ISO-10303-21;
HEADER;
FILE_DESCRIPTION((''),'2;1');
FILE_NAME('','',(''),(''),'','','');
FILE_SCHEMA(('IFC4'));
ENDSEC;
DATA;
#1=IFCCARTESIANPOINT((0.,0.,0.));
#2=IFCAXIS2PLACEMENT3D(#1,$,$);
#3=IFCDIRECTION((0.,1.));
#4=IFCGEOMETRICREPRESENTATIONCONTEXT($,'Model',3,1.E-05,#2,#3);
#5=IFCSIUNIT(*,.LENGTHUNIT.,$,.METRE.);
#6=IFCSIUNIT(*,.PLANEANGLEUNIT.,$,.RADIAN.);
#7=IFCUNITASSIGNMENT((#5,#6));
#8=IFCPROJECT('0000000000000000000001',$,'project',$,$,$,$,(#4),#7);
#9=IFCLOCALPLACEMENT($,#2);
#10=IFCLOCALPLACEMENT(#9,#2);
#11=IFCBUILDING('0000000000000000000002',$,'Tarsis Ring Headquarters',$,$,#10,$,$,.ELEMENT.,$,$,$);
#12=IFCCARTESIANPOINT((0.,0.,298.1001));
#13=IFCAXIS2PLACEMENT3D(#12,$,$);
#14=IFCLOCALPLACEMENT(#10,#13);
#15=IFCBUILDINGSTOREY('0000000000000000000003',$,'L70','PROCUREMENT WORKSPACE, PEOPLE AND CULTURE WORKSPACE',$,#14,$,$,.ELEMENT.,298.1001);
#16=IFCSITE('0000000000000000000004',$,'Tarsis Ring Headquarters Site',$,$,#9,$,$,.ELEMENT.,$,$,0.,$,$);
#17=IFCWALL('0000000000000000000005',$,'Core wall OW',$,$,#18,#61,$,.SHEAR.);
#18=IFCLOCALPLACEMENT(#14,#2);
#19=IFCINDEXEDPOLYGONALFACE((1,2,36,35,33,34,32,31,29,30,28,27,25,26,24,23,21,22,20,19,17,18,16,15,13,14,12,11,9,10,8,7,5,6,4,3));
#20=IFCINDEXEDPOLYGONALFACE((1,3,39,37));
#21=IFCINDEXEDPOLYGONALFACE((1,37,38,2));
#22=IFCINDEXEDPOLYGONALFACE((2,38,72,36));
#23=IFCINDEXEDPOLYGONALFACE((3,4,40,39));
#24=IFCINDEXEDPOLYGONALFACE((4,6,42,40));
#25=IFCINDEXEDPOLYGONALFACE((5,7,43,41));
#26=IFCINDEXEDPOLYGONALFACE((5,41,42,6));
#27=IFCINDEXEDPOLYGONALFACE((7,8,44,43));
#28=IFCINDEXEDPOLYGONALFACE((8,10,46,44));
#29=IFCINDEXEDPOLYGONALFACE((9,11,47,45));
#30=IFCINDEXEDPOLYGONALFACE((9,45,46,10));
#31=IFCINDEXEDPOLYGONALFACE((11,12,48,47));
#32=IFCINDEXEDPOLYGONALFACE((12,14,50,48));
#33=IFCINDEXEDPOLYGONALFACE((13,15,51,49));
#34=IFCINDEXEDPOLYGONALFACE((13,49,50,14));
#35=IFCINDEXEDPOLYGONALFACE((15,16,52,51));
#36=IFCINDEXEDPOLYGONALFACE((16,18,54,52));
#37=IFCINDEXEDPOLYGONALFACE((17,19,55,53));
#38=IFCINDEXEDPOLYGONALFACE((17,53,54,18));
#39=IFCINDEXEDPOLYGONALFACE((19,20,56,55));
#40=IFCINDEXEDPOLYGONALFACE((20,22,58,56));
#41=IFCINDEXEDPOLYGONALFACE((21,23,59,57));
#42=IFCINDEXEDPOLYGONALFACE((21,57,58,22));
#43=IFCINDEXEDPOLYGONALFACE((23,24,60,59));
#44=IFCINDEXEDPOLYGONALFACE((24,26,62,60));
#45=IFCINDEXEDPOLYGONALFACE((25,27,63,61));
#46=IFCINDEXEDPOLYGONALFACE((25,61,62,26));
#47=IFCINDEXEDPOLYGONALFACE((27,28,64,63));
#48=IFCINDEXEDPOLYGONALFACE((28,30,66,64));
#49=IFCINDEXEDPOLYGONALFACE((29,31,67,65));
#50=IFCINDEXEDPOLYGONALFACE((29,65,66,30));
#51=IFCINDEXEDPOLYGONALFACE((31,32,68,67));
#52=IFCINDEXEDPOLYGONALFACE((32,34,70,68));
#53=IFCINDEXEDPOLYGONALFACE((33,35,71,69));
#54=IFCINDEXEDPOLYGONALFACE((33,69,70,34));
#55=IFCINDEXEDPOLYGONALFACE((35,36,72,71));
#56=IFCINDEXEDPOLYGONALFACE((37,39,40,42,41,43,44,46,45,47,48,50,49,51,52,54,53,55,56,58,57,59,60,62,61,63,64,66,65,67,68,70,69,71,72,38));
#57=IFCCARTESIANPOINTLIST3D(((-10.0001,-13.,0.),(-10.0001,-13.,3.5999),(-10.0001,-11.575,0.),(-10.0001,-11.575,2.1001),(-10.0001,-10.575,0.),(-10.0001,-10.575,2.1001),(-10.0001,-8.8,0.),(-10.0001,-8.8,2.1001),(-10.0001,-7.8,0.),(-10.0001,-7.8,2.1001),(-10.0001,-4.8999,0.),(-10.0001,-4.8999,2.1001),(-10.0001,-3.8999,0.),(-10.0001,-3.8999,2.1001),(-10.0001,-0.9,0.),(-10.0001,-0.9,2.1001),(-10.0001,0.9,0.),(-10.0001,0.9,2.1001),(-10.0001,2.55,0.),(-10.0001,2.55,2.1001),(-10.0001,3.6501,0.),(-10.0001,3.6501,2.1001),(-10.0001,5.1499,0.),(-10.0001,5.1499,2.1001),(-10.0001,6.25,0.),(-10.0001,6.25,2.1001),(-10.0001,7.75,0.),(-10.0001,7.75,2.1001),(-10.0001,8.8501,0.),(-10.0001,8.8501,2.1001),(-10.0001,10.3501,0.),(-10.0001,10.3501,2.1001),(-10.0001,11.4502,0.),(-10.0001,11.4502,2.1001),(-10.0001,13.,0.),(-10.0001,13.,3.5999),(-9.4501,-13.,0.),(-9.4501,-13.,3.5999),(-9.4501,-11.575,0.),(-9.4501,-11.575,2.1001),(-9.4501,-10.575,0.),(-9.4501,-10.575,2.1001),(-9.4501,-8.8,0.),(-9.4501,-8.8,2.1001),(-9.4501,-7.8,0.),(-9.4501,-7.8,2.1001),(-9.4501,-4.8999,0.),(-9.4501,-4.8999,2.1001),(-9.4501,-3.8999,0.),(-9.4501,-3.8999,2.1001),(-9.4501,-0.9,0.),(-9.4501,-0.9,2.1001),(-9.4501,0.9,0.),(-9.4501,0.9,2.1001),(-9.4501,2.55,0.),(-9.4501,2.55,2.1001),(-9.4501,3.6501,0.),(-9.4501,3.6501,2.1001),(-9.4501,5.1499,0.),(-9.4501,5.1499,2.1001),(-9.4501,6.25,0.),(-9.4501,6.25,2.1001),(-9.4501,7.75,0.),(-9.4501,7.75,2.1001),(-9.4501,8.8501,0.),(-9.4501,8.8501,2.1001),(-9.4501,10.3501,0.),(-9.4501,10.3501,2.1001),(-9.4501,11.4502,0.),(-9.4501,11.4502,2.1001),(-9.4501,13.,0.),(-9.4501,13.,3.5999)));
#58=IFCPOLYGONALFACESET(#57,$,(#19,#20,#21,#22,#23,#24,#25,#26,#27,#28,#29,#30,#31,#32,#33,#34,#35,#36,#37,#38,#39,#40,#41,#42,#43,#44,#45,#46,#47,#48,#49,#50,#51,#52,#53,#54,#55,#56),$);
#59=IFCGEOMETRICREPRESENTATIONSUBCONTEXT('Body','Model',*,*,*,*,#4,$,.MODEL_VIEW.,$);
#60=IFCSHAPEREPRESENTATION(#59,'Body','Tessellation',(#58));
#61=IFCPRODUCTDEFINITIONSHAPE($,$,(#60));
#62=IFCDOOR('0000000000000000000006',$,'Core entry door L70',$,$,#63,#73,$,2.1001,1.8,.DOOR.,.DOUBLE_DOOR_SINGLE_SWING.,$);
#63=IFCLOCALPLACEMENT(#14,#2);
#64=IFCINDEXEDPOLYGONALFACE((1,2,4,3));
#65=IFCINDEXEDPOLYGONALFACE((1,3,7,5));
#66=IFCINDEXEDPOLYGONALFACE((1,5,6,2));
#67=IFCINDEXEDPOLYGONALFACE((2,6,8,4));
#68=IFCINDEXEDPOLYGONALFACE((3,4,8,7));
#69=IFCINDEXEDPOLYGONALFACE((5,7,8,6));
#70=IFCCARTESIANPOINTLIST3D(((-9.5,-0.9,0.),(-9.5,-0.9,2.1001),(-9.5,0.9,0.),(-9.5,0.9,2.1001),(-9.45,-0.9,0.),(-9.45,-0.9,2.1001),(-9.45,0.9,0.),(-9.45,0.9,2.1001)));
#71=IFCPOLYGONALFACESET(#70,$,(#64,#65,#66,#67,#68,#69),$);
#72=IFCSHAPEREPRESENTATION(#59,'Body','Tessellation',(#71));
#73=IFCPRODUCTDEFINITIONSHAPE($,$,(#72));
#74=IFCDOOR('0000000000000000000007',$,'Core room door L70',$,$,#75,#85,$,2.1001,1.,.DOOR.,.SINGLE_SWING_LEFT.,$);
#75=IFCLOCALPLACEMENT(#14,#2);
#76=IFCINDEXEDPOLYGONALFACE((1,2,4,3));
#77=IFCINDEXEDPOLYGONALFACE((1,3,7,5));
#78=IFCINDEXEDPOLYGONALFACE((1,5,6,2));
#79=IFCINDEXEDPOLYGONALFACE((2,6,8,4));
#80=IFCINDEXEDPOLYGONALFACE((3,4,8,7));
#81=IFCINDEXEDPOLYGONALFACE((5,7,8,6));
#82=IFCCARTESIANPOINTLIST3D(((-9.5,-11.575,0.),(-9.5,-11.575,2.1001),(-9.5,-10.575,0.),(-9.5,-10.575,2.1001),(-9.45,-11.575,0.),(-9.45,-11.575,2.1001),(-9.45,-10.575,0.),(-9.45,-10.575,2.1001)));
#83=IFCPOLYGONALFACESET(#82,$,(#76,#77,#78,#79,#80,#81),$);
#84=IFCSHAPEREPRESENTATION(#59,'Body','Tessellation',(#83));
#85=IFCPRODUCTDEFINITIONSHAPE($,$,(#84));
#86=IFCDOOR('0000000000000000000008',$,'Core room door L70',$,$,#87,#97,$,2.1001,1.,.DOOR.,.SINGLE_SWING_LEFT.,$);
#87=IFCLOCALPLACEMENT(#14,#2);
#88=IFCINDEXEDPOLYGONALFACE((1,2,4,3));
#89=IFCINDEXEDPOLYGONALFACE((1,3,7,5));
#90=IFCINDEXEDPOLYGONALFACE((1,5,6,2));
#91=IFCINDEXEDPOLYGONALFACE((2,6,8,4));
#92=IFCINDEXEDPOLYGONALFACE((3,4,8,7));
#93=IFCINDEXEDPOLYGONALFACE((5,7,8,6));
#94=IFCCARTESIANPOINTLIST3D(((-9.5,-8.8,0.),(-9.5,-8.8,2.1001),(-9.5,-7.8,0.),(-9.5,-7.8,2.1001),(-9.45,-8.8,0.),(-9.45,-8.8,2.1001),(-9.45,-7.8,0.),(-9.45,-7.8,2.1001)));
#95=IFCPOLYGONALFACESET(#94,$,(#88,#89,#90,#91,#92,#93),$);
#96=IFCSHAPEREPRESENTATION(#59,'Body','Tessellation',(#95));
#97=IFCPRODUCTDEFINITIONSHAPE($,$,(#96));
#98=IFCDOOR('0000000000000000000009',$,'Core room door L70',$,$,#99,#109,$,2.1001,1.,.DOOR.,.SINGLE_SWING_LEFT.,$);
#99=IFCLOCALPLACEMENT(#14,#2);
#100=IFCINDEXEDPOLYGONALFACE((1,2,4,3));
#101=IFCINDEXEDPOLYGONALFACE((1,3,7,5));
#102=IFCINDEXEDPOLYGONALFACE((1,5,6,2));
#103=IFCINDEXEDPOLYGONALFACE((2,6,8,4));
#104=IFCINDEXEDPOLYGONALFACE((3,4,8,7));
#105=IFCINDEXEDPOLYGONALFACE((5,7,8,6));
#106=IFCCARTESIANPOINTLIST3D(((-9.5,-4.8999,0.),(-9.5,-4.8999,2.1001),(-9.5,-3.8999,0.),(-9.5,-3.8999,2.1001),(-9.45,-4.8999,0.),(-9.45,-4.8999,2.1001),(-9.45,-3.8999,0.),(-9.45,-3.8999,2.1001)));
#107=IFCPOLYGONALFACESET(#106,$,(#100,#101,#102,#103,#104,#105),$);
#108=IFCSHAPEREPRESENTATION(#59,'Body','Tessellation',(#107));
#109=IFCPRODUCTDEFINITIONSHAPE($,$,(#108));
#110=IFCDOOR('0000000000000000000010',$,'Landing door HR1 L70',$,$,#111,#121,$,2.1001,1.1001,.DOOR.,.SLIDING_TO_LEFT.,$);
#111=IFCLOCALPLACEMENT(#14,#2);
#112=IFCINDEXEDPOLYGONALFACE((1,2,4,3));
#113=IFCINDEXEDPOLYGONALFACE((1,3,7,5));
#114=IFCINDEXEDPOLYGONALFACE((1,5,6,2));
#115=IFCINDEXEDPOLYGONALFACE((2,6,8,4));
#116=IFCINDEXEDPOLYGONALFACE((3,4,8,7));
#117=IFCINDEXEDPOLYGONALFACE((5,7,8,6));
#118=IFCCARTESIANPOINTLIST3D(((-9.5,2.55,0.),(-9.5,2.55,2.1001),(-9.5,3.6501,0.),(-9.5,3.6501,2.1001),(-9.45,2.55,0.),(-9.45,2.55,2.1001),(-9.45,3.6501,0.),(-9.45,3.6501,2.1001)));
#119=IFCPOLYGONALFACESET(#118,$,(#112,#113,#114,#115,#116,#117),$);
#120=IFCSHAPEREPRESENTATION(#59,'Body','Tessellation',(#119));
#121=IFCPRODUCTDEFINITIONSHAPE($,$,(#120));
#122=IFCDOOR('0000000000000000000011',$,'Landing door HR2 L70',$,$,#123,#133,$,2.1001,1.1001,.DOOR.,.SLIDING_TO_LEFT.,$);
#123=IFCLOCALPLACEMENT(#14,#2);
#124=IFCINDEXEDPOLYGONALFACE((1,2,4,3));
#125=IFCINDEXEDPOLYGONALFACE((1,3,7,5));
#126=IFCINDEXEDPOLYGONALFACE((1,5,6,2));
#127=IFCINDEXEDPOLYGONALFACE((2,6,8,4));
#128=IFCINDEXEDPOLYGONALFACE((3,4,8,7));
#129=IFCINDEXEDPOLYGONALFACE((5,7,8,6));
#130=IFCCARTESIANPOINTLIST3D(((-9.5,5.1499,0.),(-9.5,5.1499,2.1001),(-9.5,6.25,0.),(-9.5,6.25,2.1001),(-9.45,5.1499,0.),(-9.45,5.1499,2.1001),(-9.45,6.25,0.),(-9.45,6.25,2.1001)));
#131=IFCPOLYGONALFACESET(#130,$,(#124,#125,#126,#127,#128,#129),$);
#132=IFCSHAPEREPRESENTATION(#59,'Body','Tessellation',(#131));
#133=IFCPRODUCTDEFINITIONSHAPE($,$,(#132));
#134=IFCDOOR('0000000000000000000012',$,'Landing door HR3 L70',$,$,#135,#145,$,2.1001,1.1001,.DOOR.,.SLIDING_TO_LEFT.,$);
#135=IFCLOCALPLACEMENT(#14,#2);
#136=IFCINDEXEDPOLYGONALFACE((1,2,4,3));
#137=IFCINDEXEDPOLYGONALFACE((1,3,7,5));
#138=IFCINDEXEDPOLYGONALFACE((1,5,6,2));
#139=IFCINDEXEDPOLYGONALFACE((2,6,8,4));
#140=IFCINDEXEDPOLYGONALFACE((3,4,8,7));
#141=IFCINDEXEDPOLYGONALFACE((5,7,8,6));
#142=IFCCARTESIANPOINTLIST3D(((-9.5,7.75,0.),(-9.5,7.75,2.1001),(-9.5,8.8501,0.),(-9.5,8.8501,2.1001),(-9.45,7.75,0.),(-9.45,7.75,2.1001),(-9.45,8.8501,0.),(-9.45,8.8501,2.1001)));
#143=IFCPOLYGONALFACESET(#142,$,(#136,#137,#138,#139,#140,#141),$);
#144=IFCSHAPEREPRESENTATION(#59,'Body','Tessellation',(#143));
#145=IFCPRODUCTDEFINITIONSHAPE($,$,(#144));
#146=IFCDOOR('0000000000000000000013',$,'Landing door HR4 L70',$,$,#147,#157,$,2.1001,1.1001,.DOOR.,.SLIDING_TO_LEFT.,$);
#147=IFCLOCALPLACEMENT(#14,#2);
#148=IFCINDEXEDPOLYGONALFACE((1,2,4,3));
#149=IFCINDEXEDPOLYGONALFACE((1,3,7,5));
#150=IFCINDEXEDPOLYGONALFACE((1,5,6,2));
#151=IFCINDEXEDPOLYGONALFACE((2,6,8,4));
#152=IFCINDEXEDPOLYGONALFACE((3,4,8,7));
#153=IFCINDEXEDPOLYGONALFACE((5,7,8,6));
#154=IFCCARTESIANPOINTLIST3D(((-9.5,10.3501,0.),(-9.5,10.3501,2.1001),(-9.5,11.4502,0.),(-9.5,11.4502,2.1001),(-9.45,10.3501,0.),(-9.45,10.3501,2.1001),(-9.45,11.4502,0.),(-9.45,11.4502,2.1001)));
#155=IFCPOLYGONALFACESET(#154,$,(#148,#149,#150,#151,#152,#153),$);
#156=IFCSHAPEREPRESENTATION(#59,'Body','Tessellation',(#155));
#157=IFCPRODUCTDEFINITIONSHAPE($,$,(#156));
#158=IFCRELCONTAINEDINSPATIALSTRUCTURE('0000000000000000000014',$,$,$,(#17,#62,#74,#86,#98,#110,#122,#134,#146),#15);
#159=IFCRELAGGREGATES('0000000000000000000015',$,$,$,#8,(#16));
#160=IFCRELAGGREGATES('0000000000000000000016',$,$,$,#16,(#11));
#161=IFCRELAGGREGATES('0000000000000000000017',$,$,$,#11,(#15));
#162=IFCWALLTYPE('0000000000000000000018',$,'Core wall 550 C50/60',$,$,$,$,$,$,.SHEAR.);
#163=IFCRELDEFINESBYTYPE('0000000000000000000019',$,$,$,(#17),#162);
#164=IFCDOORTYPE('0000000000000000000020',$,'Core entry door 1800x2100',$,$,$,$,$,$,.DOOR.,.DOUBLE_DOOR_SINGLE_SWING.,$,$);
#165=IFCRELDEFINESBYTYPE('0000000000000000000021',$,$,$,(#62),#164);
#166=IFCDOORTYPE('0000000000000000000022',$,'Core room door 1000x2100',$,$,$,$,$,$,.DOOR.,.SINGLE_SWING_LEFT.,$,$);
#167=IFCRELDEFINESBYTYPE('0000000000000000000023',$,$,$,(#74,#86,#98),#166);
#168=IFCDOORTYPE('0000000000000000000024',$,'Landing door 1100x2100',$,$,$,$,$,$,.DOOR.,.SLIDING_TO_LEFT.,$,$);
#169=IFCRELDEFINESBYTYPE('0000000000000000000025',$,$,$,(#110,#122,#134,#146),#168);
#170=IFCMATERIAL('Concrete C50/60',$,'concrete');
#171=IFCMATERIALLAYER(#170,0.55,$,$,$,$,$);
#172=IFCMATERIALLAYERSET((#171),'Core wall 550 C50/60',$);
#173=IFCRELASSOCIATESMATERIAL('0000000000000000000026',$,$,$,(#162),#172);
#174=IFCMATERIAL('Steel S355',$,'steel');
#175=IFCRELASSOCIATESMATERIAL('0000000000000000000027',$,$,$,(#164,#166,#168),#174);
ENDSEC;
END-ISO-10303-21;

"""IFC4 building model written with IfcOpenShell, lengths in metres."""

from ifc_helpers import new_model, si_unit, direction, frame, frame_2d, origin, place, context, subcontext, project, spatial, rectangle, extrude, material, layer, layer_set, type_object, element, fill, save


model = new_model("IFC4")

# Units and contexts
model_context = context("Model", 3, precision=1e-05, world=origin(), true_north=direction((0.0, 1.0)))
body_context = subcontext(model_context, "Body", "Model", "MODEL_VIEW")
ifc_project = project(units=[si_unit("LENGTHUNIT", "METRE"), si_unit("PLANEANGLEUNIT", "RADIAN")], contexts=[model_context])

# Site, building, storey
site_placement = place(None, origin())
site = spatial("IfcSite", under=ifc_project, at=site_placement, Name="Tarsis Ring Headquarters Site", CompositionType="ELEMENT", RefElevation=0.0)
building_placement = place(site_placement, origin())
building = spatial("IfcBuilding", under=site, at=building_placement, Name="Tarsis Ring Headquarters", CompositionType="ELEMENT")
storey_placement = place(building_placement, frame((0.0, 0.0, 298.1001)))
storey = spatial("IfcBuildingStorey", under=building, at=storey_placement, Name="L70", Description="PROCUREMENT WORKSPACE, PEOPLE AND CULTURE WORKSPACE", CompositionType="ELEMENT", Elevation=298.1001)

# Wall, openings, doors
ifc_material_1 = material(Name="Concrete C50/60", Category="concrete")
ifc_layer_1 = layer(ifc_material_1, 0.55)
ifc_layer_set_1 = layer_set([ifc_layer_1], Name="Core wall 550 C50/60")
wall_type_1 = type_object("IfcWallType", Name="Core wall 550 C50/60", PredefinedType="SHEAR", material=ifc_layer_set_1)
wall_1_placement = place(storey_placement, frame((-9.7251, -13.0, 0.0), z_axis=(0.0, 0.0, 1.0), x_axis=(0.0, 1.0, 0.0)))
wall_1 = element("IfcWall", 1, at=wall_1_placement, inside=storey, type_object=wall_type_1, Name="Core wall OW", PredefinedType="SHEAR", context=body_context, shape_type="SweptSolid", body=[
    extrude(rectangle(XDim=26.0, YDim=0.55, at=frame_2d((13.0, 0.0))), origin(), (0.0, 0.0, 1.0), 3.5999),
])
opening_1_placement = place(wall_1_placement, frame((1.425, 0.0, 0.0)))
opening_1 = element("IfcOpeningElement", 2, at=opening_1_placement, cuts=wall_1, PredefinedType="OPENING", context=body_context, shape_type="SweptSolid", body=[
    extrude(rectangle(XDim=1.0, YDim=2.1001, at=frame_2d((0.5, 1.05))), frame((0.0, 0.2849, 0.0), z_axis=(0.0, -1.0, 0.0), x_axis=(1.0, 0.0, 0.0)), (0.0, 0.0, 1.0), 0.5701),
])
opening_2_placement = place(wall_1_placement, frame((4.2, 0.0, 0.0)))
opening_2 = element("IfcOpeningElement", 3, at=opening_2_placement, cuts=wall_1, PredefinedType="OPENING", context=body_context, shape_type="SweptSolid", body=[
    extrude(rectangle(XDim=1.0, YDim=2.1001, at=frame_2d((0.5, 1.05))), frame((0.0, 0.2849, 0.0), z_axis=(0.0, -1.0, 0.0), x_axis=(1.0, 0.0, 0.0)), (0.0, 0.0, 1.0), 0.5701),
])
opening_3_placement = place(wall_1_placement, frame((8.1001, 0.0, 0.0)))
opening_3 = element("IfcOpeningElement", 4, at=opening_3_placement, cuts=wall_1, PredefinedType="OPENING", context=body_context, shape_type="SweptSolid", body=[
    extrude(rectangle(XDim=1.0, YDim=2.1001, at=frame_2d((0.5, 1.05))), frame((0.0, 0.2849, 0.0), z_axis=(0.0, -1.0, 0.0), x_axis=(1.0, 0.0, 0.0)), (0.0, 0.0, 1.0), 0.5701),
])
opening_4_placement = place(wall_1_placement, frame((12.1001, 0.0, 0.0)))
opening_4 = element("IfcOpeningElement", 5, at=opening_4_placement, cuts=wall_1, PredefinedType="OPENING", context=body_context, shape_type="SweptSolid", body=[
    extrude(rectangle(XDim=1.8, YDim=2.1001, at=frame_2d((0.8999, 1.05))), frame((0.0, 0.2849, 0.0), z_axis=(0.0, -1.0, 0.0), x_axis=(1.0, 0.0, 0.0)), (0.0, 0.0, 1.0), 0.5701),
])
opening_5_placement = place(wall_1_placement, frame((15.55, 0.0, 0.0)))
opening_5 = element("IfcOpeningElement", 6, at=opening_5_placement, cuts=wall_1, PredefinedType="OPENING", context=body_context, shape_type="SweptSolid", body=[
    extrude(rectangle(XDim=1.1001, YDim=2.1001, at=frame_2d((0.55, 1.05))), frame((0.0, 0.2849, 0.0), z_axis=(0.0, -1.0, 0.0), x_axis=(1.0, 0.0, 0.0)), (0.0, 0.0, 1.0), 0.5701),
])
opening_6_placement = place(wall_1_placement, frame((18.1499, 0.0, 0.0)))
opening_6 = element("IfcOpeningElement", 7, at=opening_6_placement, cuts=wall_1, PredefinedType="OPENING", context=body_context, shape_type="SweptSolid", body=[
    extrude(rectangle(XDim=1.1001, YDim=2.1001, at=frame_2d((0.55, 1.05))), frame((0.0, 0.2849, 0.0), z_axis=(0.0, -1.0, 0.0), x_axis=(1.0, 0.0, 0.0)), (0.0, 0.0, 1.0), 0.5701),
])
opening_7_placement = place(wall_1_placement, frame((20.75, 0.0, 0.0)))
opening_7 = element("IfcOpeningElement", 8, at=opening_7_placement, cuts=wall_1, PredefinedType="OPENING", context=body_context, shape_type="SweptSolid", body=[
    extrude(rectangle(XDim=1.1001, YDim=2.1001, at=frame_2d((0.55, 1.05))), frame((0.0, 0.2849, 0.0), z_axis=(0.0, -1.0, 0.0), x_axis=(1.0, 0.0, 0.0)), (0.0, 0.0, 1.0), 0.5701),
])
opening_8_placement = place(wall_1_placement, frame((23.3501, 0.0, 0.0)))
opening_8 = element("IfcOpeningElement", 9, at=opening_8_placement, cuts=wall_1, PredefinedType="OPENING", context=body_context, shape_type="SweptSolid", body=[
    extrude(rectangle(XDim=1.1001, YDim=2.1001, at=frame_2d((0.55, 1.05))), frame((0.0, 0.2849, 0.0), z_axis=(0.0, -1.0, 0.0), x_axis=(1.0, 0.0, 0.0)), (0.0, 0.0, 1.0), 0.5701),
])
ifc_material_2 = material(Name="Steel S355", Category="steel")
door_type_1 = type_object("IfcDoorType", Name="Core entry door 1800x2100", OperationType="DOUBLE_DOOR_SINGLE_SWING", PredefinedType="DOOR", material=ifc_material_2)
door_1_placement = place(opening_4_placement, origin())
door_1 = element("IfcDoor", 10, at=door_1_placement, inside=storey, type_object=door_type_1, Name="Core entry door L70", OperationType="DOUBLE_DOOR_SINGLE_SWING", OverallHeight=2.1001, OverallWidth=1.8, PredefinedType="DOOR", context=body_context, shape_type="SweptSolid", body=[
    extrude(rectangle(XDim=1.8, YDim=2.1001, at=frame_2d((0.8999, 1.05))), frame((0.0, -0.2251, 0.0), z_axis=(0.0, -1.0, 0.0), x_axis=(1.0, 0.0, 0.0)), (0.0, 0.0, 1.0), 0.05),
])
fill(opening_4, door_1)
door_type_2 = type_object("IfcDoorType", Name="Core room door 1000x2100", OperationType="SINGLE_SWING_LEFT", PredefinedType="DOOR", material=ifc_material_2)
door_2_placement = place(opening_1_placement, origin())
door_2 = element("IfcDoor", 11, at=door_2_placement, inside=storey, type_object=door_type_2, Name="Core room door L70", OperationType="SINGLE_SWING_LEFT", OverallHeight=2.1001, OverallWidth=1.0, PredefinedType="DOOR", context=body_context, shape_type="SweptSolid", body=[
    extrude(rectangle(XDim=1.0, YDim=2.1001, at=frame_2d((0.5, 1.05))), frame((0.0, -0.2251, 0.0), z_axis=(0.0, -1.0, 0.0), x_axis=(1.0, 0.0, 0.0)), (0.0, 0.0, 1.0), 0.05),
])
fill(opening_1, door_2)
door_3_placement = place(opening_2_placement, origin())
door_3 = element("IfcDoor", 12, at=door_3_placement, inside=storey, type_object=door_type_2, Name="Core room door L70", OperationType="SINGLE_SWING_LEFT", OverallHeight=2.1001, OverallWidth=1.0, PredefinedType="DOOR", context=body_context, shape_type="SweptSolid", body=[
    extrude(rectangle(XDim=1.0, YDim=2.1001, at=frame_2d((0.5, 1.05))), frame((0.0, -0.2251, 0.0), z_axis=(0.0, -1.0, 0.0), x_axis=(1.0, 0.0, 0.0)), (0.0, 0.0, 1.0), 0.05),
])
fill(opening_2, door_3)
door_4_placement = place(opening_3_placement, origin())
door_4 = element("IfcDoor", 13, at=door_4_placement, inside=storey, type_object=door_type_2, Name="Core room door L70", OperationType="SINGLE_SWING_LEFT", OverallHeight=2.1001, OverallWidth=1.0, PredefinedType="DOOR", context=body_context, shape_type="SweptSolid", body=[
    extrude(rectangle(XDim=1.0, YDim=2.1001, at=frame_2d((0.5, 1.05))), frame((0.0, -0.2251, 0.0), z_axis=(0.0, -1.0, 0.0), x_axis=(1.0, 0.0, 0.0)), (0.0, 0.0, 1.0), 0.05),
])
fill(opening_3, door_4)
door_type_3 = type_object("IfcDoorType", Name="Landing door 1100x2100", OperationType="SLIDING_TO_LEFT", PredefinedType="DOOR", material=ifc_material_2)
door_5_placement = place(opening_5_placement, origin())
door_5 = element("IfcDoor", 14, at=door_5_placement, inside=storey, type_object=door_type_3, Name="Landing door HR1 L70", OperationType="SLIDING_TO_LEFT", OverallHeight=2.1001, OverallWidth=1.1001, PredefinedType="DOOR", context=body_context, shape_type="SweptSolid", body=[
    extrude(rectangle(XDim=1.1001, YDim=2.1001, at=frame_2d((0.55, 1.05))), frame((0.0, -0.2251, 0.0), z_axis=(0.0, -1.0, 0.0), x_axis=(1.0, 0.0, 0.0)), (0.0, 0.0, 1.0), 0.05),
])
fill(opening_5, door_5)
door_6_placement = place(opening_6_placement, origin())
door_6 = element("IfcDoor", 15, at=door_6_placement, inside=storey, type_object=door_type_3, Name="Landing door HR2 L70", OperationType="SLIDING_TO_LEFT", OverallHeight=2.1001, OverallWidth=1.1001, PredefinedType="DOOR", context=body_context, shape_type="SweptSolid", body=[
    extrude(rectangle(XDim=1.1001, YDim=2.1001, at=frame_2d((0.55, 1.05))), frame((0.0, -0.2251, 0.0), z_axis=(0.0, -1.0, 0.0), x_axis=(1.0, 0.0, 0.0)), (0.0, 0.0, 1.0), 0.05),
])
fill(opening_6, door_6)
door_7_placement = place(opening_7_placement, origin())
door_7 = element("IfcDoor", 16, at=door_7_placement, inside=storey, type_object=door_type_3, Name="Landing door HR3 L70", OperationType="SLIDING_TO_LEFT", OverallHeight=2.1001, OverallWidth=1.1001, PredefinedType="DOOR", context=body_context, shape_type="SweptSolid", body=[
    extrude(rectangle(XDim=1.1001, YDim=2.1001, at=frame_2d((0.55, 1.05))), frame((0.0, -0.2251, 0.0), z_axis=(0.0, -1.0, 0.0), x_axis=(1.0, 0.0, 0.0)), (0.0, 0.0, 1.0), 0.05),
])
fill(opening_7, door_7)
door_8_placement = place(opening_8_placement, origin())
door_8 = element("IfcDoor", 17, at=door_8_placement, inside=storey, type_object=door_type_3, Name="Landing door HR4 L70", OperationType="SLIDING_TO_LEFT", OverallHeight=2.1001, OverallWidth=1.1001, PredefinedType="DOOR", context=body_context, shape_type="SweptSolid", body=[
    extrude(rectangle(XDim=1.1001, YDim=2.1001, at=frame_2d((0.55, 1.05))), frame((0.0, -0.2251, 0.0), z_axis=(0.0, -1.0, 0.0), x_axis=(1.0, 0.0, 0.0)), (0.0, 0.0, 1.0), 0.05),
])
fill(opening_8, door_8)

save(model, "model.ifc")
